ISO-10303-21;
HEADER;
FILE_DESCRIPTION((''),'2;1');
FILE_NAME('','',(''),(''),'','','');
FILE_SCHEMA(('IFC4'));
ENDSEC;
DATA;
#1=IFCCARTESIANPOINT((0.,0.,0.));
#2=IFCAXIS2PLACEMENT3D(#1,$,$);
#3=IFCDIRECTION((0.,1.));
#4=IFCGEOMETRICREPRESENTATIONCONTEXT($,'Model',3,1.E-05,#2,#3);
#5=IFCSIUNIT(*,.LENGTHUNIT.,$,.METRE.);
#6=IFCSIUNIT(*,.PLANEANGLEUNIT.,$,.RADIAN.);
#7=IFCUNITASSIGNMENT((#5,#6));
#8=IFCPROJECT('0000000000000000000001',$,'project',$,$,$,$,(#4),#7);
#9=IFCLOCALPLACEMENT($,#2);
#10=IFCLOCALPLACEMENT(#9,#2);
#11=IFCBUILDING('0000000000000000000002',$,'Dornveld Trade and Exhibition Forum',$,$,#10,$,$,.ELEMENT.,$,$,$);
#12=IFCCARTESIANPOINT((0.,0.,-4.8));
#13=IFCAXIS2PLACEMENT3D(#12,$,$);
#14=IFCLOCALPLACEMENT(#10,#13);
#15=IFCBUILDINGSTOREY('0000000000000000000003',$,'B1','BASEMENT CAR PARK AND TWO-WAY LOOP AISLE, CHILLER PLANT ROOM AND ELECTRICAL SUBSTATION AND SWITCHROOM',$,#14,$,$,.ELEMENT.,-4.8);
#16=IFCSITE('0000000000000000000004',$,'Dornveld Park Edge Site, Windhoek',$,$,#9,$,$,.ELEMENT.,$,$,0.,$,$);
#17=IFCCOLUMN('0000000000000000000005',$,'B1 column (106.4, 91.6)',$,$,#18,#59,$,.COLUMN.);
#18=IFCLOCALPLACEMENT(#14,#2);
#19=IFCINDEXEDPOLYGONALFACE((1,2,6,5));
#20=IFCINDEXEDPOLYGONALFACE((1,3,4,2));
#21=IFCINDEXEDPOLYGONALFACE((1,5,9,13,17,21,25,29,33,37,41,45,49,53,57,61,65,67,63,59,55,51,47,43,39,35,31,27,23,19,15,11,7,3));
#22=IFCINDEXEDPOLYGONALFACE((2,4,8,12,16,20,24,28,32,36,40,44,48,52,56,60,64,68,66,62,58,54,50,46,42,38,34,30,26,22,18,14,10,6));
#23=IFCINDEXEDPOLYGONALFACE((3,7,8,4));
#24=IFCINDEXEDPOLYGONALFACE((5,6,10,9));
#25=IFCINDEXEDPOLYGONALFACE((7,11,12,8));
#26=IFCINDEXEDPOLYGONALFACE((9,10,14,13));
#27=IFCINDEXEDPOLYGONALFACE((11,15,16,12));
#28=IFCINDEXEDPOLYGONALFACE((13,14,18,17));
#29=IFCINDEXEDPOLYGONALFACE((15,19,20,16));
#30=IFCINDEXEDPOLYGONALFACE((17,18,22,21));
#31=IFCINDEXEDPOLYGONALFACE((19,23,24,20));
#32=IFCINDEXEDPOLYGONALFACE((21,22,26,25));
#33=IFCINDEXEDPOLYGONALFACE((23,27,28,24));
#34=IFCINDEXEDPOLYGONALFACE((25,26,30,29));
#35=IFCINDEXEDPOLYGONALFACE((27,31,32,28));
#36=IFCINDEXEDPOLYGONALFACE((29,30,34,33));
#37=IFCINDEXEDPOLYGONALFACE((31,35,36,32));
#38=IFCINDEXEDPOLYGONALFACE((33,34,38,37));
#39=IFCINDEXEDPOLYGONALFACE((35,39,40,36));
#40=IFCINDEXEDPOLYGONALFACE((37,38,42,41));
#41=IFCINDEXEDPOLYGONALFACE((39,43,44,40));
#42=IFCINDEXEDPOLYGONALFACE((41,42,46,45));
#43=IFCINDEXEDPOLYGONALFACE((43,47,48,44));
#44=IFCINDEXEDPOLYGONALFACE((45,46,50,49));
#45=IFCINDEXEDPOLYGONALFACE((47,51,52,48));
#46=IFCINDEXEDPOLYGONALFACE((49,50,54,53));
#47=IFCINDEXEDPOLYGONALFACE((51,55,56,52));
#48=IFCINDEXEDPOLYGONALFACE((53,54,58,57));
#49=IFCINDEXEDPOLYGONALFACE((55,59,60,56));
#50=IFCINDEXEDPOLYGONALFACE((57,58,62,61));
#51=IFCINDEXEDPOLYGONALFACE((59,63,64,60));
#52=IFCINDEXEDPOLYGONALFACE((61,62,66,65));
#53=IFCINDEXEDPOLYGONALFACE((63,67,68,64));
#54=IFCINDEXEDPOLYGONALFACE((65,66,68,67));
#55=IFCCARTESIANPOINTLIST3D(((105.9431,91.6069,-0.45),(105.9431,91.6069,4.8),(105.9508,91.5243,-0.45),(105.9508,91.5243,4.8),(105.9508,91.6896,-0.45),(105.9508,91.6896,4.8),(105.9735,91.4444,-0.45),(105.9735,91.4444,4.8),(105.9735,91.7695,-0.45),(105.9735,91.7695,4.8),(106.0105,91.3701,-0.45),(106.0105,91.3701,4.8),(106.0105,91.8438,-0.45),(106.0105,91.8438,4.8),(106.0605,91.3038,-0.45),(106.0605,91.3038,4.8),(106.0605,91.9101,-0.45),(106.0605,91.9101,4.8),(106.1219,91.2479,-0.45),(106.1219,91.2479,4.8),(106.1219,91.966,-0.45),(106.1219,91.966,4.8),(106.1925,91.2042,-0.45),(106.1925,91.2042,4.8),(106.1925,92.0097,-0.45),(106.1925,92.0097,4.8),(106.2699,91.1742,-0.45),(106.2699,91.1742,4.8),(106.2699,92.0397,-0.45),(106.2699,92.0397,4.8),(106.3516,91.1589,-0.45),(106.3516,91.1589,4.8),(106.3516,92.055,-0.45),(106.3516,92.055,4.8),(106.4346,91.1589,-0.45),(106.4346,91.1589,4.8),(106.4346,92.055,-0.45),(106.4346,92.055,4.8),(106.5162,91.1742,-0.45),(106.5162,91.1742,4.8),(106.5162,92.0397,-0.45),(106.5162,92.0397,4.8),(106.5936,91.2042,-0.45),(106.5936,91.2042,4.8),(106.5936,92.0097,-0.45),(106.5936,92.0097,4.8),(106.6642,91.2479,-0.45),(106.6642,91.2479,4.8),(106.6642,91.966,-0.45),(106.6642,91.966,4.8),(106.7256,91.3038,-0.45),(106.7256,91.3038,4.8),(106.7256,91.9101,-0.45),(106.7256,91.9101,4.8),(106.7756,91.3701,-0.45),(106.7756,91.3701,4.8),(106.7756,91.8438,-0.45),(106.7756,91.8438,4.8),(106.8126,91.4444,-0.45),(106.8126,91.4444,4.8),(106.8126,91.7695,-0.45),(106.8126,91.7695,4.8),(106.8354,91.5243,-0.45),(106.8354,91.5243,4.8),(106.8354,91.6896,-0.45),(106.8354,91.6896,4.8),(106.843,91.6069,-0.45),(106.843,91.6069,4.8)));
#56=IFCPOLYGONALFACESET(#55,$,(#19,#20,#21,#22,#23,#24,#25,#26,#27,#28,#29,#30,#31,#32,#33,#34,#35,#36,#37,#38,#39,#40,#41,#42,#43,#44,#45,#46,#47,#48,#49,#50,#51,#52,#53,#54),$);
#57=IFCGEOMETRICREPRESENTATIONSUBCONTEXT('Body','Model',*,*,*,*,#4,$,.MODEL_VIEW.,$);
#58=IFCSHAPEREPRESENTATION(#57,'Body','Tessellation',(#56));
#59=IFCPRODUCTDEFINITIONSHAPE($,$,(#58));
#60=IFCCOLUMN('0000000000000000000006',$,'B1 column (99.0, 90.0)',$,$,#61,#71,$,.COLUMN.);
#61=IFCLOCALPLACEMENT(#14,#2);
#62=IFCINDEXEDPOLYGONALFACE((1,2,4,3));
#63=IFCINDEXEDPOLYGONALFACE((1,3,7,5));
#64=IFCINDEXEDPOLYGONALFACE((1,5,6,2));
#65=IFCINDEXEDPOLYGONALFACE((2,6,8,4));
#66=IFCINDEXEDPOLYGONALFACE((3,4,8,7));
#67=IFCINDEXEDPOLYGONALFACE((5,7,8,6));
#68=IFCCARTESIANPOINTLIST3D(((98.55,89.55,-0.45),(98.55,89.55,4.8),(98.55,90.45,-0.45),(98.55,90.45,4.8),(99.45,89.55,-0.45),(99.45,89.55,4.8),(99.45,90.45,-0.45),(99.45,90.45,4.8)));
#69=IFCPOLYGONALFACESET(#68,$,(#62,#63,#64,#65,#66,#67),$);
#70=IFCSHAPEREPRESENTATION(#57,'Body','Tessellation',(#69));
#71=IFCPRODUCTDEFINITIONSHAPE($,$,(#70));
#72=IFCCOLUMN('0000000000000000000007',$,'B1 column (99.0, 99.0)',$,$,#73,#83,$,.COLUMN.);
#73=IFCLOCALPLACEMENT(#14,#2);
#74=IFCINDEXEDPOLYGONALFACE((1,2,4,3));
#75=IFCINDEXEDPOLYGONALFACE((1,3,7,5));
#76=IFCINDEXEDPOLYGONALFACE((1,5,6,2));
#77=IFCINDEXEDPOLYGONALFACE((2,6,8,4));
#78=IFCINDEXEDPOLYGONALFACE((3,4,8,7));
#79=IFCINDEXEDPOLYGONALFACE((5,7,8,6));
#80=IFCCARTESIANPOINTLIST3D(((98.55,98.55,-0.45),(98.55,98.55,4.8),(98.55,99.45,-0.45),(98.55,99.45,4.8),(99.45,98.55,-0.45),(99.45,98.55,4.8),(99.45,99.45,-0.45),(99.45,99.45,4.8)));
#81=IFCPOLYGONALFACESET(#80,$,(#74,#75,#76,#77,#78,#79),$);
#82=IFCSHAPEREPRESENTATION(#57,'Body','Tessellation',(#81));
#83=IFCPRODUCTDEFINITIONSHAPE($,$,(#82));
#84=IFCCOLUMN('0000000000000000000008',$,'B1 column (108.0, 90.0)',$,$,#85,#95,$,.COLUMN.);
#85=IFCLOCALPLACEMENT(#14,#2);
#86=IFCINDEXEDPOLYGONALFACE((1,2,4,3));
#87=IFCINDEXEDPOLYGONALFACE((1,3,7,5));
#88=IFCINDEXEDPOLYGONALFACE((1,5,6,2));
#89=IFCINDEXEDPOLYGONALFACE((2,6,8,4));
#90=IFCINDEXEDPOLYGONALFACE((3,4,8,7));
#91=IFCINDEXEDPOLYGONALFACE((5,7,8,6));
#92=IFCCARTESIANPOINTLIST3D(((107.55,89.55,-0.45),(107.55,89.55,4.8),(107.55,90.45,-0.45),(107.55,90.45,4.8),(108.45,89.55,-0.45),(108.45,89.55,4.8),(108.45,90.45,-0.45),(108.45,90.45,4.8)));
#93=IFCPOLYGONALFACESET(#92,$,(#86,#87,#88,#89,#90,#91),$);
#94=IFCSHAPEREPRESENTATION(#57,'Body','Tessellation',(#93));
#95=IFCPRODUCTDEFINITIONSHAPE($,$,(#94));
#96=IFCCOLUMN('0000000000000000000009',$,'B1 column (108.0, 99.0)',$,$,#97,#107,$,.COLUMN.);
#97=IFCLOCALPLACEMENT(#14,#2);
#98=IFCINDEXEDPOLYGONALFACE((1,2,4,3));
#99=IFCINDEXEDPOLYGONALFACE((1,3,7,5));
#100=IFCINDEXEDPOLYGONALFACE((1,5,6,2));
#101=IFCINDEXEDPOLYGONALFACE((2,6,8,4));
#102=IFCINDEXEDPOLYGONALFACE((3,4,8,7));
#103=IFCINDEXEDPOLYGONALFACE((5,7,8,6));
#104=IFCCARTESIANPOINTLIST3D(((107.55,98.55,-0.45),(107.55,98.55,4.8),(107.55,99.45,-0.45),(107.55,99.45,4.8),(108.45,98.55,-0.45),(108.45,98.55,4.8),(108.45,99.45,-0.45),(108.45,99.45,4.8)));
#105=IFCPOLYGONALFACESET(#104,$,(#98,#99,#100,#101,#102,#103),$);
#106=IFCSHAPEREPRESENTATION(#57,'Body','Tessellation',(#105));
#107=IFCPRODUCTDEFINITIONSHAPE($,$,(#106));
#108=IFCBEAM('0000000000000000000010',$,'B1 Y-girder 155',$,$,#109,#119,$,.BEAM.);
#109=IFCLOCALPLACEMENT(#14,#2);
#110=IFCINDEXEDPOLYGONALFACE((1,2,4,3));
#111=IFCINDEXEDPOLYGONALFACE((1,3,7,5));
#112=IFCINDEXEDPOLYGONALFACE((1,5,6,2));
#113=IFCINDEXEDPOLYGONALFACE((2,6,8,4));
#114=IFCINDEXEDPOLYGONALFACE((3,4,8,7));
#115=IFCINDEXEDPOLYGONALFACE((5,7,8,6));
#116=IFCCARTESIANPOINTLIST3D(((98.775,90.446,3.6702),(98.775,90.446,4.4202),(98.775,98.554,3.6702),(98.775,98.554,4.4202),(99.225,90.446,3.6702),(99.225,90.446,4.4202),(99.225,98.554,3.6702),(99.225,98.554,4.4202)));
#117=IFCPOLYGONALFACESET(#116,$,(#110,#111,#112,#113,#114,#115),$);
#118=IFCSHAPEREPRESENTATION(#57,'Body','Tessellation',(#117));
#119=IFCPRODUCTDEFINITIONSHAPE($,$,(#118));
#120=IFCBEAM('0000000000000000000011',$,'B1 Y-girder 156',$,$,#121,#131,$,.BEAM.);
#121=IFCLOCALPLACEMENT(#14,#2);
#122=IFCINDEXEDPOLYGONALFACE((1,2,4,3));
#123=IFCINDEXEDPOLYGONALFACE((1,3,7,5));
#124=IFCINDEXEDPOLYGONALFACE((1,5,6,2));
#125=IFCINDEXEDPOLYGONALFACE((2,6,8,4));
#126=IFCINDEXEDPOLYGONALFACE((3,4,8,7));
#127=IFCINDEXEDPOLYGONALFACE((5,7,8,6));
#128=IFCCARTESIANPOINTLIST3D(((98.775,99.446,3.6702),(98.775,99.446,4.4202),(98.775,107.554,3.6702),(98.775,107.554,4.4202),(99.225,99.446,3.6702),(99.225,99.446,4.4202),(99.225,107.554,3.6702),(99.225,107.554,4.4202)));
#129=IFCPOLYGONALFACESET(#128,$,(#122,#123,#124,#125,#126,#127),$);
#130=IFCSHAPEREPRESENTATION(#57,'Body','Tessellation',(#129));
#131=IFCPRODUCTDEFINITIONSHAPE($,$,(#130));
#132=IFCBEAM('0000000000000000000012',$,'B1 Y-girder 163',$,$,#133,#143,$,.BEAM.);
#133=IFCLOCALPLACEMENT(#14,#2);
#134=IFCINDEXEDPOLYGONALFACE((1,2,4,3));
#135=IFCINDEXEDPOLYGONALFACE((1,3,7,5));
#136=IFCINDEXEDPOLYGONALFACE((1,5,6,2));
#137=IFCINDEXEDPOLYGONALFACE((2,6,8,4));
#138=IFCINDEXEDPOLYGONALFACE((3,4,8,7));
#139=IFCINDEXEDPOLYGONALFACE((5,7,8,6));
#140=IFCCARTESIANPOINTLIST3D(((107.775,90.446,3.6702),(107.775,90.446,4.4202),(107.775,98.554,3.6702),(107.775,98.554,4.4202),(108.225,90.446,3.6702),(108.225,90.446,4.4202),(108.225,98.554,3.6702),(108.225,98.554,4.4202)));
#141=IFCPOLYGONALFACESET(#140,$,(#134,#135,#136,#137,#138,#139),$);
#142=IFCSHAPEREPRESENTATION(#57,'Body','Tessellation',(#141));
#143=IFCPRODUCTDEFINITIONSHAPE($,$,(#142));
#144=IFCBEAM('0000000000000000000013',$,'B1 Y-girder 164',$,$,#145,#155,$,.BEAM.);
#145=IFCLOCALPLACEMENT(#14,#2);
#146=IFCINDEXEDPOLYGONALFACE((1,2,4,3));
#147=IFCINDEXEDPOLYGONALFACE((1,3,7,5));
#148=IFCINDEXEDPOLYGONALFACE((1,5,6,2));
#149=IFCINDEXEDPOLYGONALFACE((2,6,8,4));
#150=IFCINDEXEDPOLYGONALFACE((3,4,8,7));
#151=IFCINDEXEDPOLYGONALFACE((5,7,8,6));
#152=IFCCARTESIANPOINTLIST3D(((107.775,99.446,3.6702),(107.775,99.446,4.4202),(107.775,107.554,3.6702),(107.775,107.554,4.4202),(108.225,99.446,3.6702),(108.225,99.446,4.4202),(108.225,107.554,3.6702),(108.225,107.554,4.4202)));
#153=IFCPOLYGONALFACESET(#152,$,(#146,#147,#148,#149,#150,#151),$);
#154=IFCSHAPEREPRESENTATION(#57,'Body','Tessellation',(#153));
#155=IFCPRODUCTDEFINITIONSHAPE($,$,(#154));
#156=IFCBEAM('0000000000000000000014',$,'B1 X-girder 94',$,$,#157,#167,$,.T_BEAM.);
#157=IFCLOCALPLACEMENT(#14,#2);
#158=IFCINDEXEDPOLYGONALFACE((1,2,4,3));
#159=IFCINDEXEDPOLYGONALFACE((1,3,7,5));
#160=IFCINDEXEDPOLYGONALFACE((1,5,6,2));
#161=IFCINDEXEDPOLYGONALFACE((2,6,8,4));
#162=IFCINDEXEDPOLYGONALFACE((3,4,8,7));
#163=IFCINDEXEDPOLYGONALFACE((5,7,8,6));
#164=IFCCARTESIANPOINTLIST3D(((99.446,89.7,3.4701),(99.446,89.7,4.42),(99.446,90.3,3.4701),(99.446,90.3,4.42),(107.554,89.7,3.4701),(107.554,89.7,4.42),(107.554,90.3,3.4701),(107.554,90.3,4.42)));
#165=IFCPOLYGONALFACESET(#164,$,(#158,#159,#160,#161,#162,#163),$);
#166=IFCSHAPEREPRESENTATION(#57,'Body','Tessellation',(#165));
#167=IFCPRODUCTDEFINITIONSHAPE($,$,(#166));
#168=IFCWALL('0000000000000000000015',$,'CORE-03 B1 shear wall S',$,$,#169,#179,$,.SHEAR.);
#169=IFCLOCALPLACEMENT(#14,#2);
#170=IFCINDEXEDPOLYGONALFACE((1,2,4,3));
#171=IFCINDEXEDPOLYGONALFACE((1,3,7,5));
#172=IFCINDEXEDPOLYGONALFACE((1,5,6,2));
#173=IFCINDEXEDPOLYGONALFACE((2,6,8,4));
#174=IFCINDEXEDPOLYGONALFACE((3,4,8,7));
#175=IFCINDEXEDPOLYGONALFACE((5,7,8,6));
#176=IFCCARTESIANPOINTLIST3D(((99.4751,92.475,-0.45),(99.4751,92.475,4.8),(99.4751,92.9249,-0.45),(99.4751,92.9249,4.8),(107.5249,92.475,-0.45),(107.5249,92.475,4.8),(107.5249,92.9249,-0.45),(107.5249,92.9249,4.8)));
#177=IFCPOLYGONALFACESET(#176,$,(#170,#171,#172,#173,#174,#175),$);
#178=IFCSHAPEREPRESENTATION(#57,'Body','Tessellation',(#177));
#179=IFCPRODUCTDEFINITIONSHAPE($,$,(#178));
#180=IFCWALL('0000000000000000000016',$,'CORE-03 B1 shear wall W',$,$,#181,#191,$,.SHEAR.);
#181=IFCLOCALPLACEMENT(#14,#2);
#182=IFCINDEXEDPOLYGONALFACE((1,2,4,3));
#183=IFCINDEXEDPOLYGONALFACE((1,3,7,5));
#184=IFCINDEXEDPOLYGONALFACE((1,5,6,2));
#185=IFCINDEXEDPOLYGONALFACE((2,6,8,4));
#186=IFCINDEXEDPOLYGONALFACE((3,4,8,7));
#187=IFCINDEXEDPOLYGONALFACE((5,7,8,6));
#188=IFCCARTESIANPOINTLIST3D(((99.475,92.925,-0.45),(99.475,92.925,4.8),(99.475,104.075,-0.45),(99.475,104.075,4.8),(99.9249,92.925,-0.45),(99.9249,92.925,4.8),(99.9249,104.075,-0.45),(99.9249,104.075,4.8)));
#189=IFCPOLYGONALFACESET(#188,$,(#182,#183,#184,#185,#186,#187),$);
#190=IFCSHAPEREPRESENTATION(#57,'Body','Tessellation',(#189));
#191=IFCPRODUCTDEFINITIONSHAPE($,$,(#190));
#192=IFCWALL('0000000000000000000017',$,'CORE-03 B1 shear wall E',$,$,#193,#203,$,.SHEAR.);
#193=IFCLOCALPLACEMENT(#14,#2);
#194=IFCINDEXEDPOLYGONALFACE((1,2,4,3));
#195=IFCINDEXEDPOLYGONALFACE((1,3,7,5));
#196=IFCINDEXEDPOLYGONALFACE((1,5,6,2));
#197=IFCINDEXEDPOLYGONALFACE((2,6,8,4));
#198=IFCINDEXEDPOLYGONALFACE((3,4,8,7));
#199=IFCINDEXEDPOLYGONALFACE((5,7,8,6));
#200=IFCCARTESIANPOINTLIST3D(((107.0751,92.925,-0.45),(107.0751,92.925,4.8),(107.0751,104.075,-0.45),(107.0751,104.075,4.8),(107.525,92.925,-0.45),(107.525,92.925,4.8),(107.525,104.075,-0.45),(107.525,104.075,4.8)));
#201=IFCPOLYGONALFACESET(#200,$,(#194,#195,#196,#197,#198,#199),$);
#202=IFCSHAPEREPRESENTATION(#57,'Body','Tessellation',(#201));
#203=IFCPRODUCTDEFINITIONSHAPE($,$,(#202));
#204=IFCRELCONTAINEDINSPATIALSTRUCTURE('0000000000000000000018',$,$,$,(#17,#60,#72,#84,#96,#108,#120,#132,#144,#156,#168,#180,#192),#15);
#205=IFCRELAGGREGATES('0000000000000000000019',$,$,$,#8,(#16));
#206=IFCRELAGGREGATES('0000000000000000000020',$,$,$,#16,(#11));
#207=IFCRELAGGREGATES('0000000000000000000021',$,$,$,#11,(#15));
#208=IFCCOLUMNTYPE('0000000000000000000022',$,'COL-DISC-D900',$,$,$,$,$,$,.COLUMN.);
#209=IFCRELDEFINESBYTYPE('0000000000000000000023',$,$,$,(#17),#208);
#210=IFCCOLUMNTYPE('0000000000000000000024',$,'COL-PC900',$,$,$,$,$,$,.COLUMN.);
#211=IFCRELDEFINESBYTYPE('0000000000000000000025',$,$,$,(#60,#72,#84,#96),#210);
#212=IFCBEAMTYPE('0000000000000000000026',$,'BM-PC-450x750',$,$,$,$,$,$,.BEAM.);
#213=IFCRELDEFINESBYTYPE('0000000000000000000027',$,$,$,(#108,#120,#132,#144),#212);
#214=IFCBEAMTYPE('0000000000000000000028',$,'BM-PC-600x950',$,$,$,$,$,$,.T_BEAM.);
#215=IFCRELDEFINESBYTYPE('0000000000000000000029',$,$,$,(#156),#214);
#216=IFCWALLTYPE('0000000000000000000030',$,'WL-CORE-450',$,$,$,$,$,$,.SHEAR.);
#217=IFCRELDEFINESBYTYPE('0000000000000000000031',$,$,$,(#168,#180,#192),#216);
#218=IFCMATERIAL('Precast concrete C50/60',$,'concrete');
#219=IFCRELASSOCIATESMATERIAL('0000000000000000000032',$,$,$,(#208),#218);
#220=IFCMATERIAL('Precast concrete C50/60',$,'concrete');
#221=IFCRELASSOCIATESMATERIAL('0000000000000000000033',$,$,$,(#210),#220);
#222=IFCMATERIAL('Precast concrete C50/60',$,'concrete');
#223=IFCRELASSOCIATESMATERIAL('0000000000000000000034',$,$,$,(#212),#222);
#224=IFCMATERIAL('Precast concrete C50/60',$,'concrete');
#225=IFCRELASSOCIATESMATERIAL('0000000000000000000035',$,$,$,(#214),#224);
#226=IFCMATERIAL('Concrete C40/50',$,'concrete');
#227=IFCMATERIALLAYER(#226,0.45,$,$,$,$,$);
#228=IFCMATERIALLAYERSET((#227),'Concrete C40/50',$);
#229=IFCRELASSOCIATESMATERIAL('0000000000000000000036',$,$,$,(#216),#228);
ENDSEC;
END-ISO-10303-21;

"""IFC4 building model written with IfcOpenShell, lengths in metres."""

from ifc_helpers import new_model, si_unit, direction, frame, frame_2d, origin, origin_2d, place, context, subcontext, project, spatial, rectangle, circle, extrude, material, layer, layer_set, material_profile, profile_set, type_object, element, save


model = new_model("IFC4")

# Units and contexts
model_context = context("Model", 3, precision=1e-05, world=origin(), true_north=direction((0.0, 1.0)))
body_context = subcontext(model_context, "Body", "Model", "MODEL_VIEW")
ifc_project = project(units=[si_unit("LENGTHUNIT", "METRE"), si_unit("PLANEANGLEUNIT", "RADIAN")], contexts=[model_context])

# Site, building, storey
site_placement = place(None, origin())
site = spatial("IfcSite", under=ifc_project, at=site_placement, Name="Dornveld Park Edge Site, Windhoek", CompositionType="ELEMENT", RefElevation=0.0)
building_placement = place(site_placement, origin())
building = spatial("IfcBuilding", under=site, at=building_placement, Name="Dornveld Trade and Exhibition Forum", CompositionType="ELEMENT")
storey_placement = place(building_placement, frame((0.0, 0.0, -4.8)))
storey = spatial("IfcBuildingStorey", under=building, at=storey_placement, Name="B1", Description="BASEMENT CAR PARK AND TWO-WAY LOOP AISLE, CHILLER PLANT ROOM AND ELECTRICAL SUBSTATION AND SWITCHROOM", CompositionType="ELEMENT", Elevation=-4.8)

# Columns
ifc_material_1 = material(Name="Precast concrete C50/60", Category="concrete")
ifc_material_profile_1 = material_profile(ifc_material_1, circle(Radius=0.45, at=origin_2d()), Name="PC-COL D900")
ifc_profile_set_1 = profile_set([ifc_material_profile_1], Name="Precast concrete C50/60")
column_type_1 = type_object("IfcColumnType", Name="COL-DISC-D900", PredefinedType="COLUMN", material=ifc_profile_set_1)
column_placement = place(storey_placement, frame((106.3931, 91.6069, -0.45), z_axis=(0.0, 0.0, 1.0), x_axis=(1.0, 0.0, 0.0)))
element("IfcColumn", 1, at=column_placement, inside=storey, type_object=column_type_1, Name="B1 column (106.4, 91.6)", PredefinedType="COLUMN", context=body_context, shape_type="SweptSolid", body=[
    extrude(circle(Radius=0.45, at=origin_2d()), origin(), (0.0, 0.0, 1.0), 5.25),
])
ifc_material_2 = material(Name="Precast concrete C50/60", Category="concrete")
ifc_material_profile_2 = material_profile(ifc_material_2, rectangle(XDim=0.8999, YDim=0.8999, at=origin_2d()), Name="PC-COL 900x900")
ifc_profile_set_2 = profile_set([ifc_material_profile_2], Name="Precast concrete C50/60")
column_type_2 = type_object("IfcColumnType", Name="COL-PC900", PredefinedType="COLUMN", material=ifc_profile_set_2)
for number, where, z_axis, x_axis, name in (
    (2, (99.0, 90.0, -0.45), (0.0, 0.0, 1.0), (1.0, 0.0, 0.0), "B1 column (99.0, 90.0)"),
    (3, (99.0, 99.0, -0.45), (0.0, 0.0, 1.0), (1.0, 0.0, 0.0), "B1 column (99.0, 99.0)"),
    (4, (108.0, 90.0, -0.45), (0.0, 0.0, 1.0), (1.0, 0.0, 0.0), "B1 column (108.0, 90.0)"),
    (5, (108.0, 99.0, -0.45), (0.0, 0.0, 1.0), (1.0, 0.0, 0.0), "B1 column (108.0, 99.0)"),
):
    element("IfcColumn", number, at=place(storey_placement, frame(where, z_axis=z_axis, x_axis=x_axis)), inside=storey, type_object=column_type_2, Name=name, PredefinedType="COLUMN", context=body_context, shape_type="SweptSolid", body=[
        extrude(rectangle(XDim=0.8999, YDim=0.8999, at=origin_2d()), origin(), (0.0, 0.0, 1.0), 5.25),
    ])

# Beams
ifc_material_3 = material(Name="Precast concrete C50/60", Category="concrete")
ifc_material_profile_3 = material_profile(ifc_material_3, rectangle(XDim=0.45, YDim=0.75, at=origin_2d()), Name="PC-BM 450x750")
ifc_profile_set_3 = profile_set([ifc_material_profile_3], Name="Precast concrete C50/60")
beam_type_1 = type_object("IfcBeamType", Name="BM-PC-450x750", PredefinedType="BEAM", material=ifc_profile_set_3)
for number, where, z_axis, x_axis, name in (
    (6, (99.0, 90.446, 4.0452), (0.0, 1.0, 0.0), (-1.0, 0.0, 0.0), "B1 Y-girder 155"),
    (7, (99.0, 99.446, 4.0452), (0.0, 1.0, 0.0), (-1.0, 0.0, 0.0), "B1 Y-girder 156"),
    (8, (108.0, 90.446, 4.0452), (0.0, 1.0, 0.0), (-1.0, 0.0, 0.0), "B1 Y-girder 163"),
    (9, (108.0, 99.446, 4.0452), (0.0, 1.0, 0.0), (-1.0, 0.0, 0.0), "B1 Y-girder 164"),
):
    element("IfcBeam", number, at=place(storey_placement, frame(where, z_axis=z_axis, x_axis=x_axis)), inside=storey, type_object=beam_type_1, Name=name, PredefinedType="BEAM", context=body_context, shape_type="SweptSolid", body=[
        extrude(rectangle(XDim=0.45, YDim=0.75, at=origin_2d()), origin(), (0.0, 0.0, 1.0), 8.1079),
    ])
ifc_material_4 = material(Name="Precast concrete C50/60", Category="concrete")
ifc_material_profile_4 = material_profile(ifc_material_4, rectangle(XDim=0.6001, YDim=0.95, at=origin_2d()), Name="PC-GIR 600x950")
ifc_profile_set_4 = profile_set([ifc_material_profile_4], Name="Precast concrete C50/60")
beam_type_2 = type_object("IfcBeamType", Name="BM-PC-600x950", PredefinedType="T_BEAM", material=ifc_profile_set_4)
beam_placement = place(storey_placement, frame((99.446, 90.0, 3.9451), z_axis=(1.0, 0.0, 0.0), x_axis=(0.0, 1.0, 0.0)))
element("IfcBeam", 10, at=beam_placement, inside=storey, type_object=beam_type_2, Name="B1 X-girder 94", PredefinedType="T_BEAM", context=body_context, shape_type="SweptSolid", body=[
    extrude(rectangle(XDim=0.6001, YDim=0.95, at=origin_2d()), origin(), (0.0, 0.0, 1.0), 8.1079),
])

# Walls
ifc_material_5 = material(Name="Concrete C40/50", Category="concrete")
ifc_layer_1 = layer(ifc_material_5, 0.45)
ifc_layer_set_1 = layer_set([ifc_layer_1], Name="Concrete C40/50")
wall_type_1 = type_object("IfcWallType", Name="WL-CORE-450", PredefinedType="SHEAR", material=ifc_layer_set_1)
wall_1_placement = place(storey_placement, frame((99.4751, 92.7, -0.45), z_axis=(0.0, 0.0, 1.0), x_axis=(1.0, 0.0, 0.0)))
element("IfcWall", 11, at=wall_1_placement, inside=storey, type_object=wall_type_1, Name="CORE-03 B1 shear wall S", PredefinedType="SHEAR", context=body_context, shape_type="SweptSolid", body=[
    extrude(rectangle(XDim=8.0498, YDim=0.45, at=frame_2d((4.0249, 0.0))), origin(), (0.0, 0.0, 1.0), 5.25),
])
for number, where, z_axis, x_axis, name in (
    (12, (99.7, 92.925, -0.45), (0.0, 0.0, 1.0), (0.0, 1.0, 0.0), "CORE-03 B1 shear wall W"),
    (13, (107.3, 92.925, -0.45), (0.0, 0.0, 1.0), (0.0, 1.0, 0.0), "CORE-03 B1 shear wall E"),
):
    element("IfcWall", number, at=place(storey_placement, frame(where, z_axis=z_axis, x_axis=x_axis)), inside=storey, type_object=wall_type_1, Name=name, PredefinedType="SHEAR", context=body_context, shape_type="SweptSolid", body=[
        extrude(rectangle(XDim=11.1499, YDim=0.45, at=frame_2d((5.575, 0.0))), origin(), (0.0, 0.0, 1.0), 5.25),
    ])

save(model, "model.ifc")
